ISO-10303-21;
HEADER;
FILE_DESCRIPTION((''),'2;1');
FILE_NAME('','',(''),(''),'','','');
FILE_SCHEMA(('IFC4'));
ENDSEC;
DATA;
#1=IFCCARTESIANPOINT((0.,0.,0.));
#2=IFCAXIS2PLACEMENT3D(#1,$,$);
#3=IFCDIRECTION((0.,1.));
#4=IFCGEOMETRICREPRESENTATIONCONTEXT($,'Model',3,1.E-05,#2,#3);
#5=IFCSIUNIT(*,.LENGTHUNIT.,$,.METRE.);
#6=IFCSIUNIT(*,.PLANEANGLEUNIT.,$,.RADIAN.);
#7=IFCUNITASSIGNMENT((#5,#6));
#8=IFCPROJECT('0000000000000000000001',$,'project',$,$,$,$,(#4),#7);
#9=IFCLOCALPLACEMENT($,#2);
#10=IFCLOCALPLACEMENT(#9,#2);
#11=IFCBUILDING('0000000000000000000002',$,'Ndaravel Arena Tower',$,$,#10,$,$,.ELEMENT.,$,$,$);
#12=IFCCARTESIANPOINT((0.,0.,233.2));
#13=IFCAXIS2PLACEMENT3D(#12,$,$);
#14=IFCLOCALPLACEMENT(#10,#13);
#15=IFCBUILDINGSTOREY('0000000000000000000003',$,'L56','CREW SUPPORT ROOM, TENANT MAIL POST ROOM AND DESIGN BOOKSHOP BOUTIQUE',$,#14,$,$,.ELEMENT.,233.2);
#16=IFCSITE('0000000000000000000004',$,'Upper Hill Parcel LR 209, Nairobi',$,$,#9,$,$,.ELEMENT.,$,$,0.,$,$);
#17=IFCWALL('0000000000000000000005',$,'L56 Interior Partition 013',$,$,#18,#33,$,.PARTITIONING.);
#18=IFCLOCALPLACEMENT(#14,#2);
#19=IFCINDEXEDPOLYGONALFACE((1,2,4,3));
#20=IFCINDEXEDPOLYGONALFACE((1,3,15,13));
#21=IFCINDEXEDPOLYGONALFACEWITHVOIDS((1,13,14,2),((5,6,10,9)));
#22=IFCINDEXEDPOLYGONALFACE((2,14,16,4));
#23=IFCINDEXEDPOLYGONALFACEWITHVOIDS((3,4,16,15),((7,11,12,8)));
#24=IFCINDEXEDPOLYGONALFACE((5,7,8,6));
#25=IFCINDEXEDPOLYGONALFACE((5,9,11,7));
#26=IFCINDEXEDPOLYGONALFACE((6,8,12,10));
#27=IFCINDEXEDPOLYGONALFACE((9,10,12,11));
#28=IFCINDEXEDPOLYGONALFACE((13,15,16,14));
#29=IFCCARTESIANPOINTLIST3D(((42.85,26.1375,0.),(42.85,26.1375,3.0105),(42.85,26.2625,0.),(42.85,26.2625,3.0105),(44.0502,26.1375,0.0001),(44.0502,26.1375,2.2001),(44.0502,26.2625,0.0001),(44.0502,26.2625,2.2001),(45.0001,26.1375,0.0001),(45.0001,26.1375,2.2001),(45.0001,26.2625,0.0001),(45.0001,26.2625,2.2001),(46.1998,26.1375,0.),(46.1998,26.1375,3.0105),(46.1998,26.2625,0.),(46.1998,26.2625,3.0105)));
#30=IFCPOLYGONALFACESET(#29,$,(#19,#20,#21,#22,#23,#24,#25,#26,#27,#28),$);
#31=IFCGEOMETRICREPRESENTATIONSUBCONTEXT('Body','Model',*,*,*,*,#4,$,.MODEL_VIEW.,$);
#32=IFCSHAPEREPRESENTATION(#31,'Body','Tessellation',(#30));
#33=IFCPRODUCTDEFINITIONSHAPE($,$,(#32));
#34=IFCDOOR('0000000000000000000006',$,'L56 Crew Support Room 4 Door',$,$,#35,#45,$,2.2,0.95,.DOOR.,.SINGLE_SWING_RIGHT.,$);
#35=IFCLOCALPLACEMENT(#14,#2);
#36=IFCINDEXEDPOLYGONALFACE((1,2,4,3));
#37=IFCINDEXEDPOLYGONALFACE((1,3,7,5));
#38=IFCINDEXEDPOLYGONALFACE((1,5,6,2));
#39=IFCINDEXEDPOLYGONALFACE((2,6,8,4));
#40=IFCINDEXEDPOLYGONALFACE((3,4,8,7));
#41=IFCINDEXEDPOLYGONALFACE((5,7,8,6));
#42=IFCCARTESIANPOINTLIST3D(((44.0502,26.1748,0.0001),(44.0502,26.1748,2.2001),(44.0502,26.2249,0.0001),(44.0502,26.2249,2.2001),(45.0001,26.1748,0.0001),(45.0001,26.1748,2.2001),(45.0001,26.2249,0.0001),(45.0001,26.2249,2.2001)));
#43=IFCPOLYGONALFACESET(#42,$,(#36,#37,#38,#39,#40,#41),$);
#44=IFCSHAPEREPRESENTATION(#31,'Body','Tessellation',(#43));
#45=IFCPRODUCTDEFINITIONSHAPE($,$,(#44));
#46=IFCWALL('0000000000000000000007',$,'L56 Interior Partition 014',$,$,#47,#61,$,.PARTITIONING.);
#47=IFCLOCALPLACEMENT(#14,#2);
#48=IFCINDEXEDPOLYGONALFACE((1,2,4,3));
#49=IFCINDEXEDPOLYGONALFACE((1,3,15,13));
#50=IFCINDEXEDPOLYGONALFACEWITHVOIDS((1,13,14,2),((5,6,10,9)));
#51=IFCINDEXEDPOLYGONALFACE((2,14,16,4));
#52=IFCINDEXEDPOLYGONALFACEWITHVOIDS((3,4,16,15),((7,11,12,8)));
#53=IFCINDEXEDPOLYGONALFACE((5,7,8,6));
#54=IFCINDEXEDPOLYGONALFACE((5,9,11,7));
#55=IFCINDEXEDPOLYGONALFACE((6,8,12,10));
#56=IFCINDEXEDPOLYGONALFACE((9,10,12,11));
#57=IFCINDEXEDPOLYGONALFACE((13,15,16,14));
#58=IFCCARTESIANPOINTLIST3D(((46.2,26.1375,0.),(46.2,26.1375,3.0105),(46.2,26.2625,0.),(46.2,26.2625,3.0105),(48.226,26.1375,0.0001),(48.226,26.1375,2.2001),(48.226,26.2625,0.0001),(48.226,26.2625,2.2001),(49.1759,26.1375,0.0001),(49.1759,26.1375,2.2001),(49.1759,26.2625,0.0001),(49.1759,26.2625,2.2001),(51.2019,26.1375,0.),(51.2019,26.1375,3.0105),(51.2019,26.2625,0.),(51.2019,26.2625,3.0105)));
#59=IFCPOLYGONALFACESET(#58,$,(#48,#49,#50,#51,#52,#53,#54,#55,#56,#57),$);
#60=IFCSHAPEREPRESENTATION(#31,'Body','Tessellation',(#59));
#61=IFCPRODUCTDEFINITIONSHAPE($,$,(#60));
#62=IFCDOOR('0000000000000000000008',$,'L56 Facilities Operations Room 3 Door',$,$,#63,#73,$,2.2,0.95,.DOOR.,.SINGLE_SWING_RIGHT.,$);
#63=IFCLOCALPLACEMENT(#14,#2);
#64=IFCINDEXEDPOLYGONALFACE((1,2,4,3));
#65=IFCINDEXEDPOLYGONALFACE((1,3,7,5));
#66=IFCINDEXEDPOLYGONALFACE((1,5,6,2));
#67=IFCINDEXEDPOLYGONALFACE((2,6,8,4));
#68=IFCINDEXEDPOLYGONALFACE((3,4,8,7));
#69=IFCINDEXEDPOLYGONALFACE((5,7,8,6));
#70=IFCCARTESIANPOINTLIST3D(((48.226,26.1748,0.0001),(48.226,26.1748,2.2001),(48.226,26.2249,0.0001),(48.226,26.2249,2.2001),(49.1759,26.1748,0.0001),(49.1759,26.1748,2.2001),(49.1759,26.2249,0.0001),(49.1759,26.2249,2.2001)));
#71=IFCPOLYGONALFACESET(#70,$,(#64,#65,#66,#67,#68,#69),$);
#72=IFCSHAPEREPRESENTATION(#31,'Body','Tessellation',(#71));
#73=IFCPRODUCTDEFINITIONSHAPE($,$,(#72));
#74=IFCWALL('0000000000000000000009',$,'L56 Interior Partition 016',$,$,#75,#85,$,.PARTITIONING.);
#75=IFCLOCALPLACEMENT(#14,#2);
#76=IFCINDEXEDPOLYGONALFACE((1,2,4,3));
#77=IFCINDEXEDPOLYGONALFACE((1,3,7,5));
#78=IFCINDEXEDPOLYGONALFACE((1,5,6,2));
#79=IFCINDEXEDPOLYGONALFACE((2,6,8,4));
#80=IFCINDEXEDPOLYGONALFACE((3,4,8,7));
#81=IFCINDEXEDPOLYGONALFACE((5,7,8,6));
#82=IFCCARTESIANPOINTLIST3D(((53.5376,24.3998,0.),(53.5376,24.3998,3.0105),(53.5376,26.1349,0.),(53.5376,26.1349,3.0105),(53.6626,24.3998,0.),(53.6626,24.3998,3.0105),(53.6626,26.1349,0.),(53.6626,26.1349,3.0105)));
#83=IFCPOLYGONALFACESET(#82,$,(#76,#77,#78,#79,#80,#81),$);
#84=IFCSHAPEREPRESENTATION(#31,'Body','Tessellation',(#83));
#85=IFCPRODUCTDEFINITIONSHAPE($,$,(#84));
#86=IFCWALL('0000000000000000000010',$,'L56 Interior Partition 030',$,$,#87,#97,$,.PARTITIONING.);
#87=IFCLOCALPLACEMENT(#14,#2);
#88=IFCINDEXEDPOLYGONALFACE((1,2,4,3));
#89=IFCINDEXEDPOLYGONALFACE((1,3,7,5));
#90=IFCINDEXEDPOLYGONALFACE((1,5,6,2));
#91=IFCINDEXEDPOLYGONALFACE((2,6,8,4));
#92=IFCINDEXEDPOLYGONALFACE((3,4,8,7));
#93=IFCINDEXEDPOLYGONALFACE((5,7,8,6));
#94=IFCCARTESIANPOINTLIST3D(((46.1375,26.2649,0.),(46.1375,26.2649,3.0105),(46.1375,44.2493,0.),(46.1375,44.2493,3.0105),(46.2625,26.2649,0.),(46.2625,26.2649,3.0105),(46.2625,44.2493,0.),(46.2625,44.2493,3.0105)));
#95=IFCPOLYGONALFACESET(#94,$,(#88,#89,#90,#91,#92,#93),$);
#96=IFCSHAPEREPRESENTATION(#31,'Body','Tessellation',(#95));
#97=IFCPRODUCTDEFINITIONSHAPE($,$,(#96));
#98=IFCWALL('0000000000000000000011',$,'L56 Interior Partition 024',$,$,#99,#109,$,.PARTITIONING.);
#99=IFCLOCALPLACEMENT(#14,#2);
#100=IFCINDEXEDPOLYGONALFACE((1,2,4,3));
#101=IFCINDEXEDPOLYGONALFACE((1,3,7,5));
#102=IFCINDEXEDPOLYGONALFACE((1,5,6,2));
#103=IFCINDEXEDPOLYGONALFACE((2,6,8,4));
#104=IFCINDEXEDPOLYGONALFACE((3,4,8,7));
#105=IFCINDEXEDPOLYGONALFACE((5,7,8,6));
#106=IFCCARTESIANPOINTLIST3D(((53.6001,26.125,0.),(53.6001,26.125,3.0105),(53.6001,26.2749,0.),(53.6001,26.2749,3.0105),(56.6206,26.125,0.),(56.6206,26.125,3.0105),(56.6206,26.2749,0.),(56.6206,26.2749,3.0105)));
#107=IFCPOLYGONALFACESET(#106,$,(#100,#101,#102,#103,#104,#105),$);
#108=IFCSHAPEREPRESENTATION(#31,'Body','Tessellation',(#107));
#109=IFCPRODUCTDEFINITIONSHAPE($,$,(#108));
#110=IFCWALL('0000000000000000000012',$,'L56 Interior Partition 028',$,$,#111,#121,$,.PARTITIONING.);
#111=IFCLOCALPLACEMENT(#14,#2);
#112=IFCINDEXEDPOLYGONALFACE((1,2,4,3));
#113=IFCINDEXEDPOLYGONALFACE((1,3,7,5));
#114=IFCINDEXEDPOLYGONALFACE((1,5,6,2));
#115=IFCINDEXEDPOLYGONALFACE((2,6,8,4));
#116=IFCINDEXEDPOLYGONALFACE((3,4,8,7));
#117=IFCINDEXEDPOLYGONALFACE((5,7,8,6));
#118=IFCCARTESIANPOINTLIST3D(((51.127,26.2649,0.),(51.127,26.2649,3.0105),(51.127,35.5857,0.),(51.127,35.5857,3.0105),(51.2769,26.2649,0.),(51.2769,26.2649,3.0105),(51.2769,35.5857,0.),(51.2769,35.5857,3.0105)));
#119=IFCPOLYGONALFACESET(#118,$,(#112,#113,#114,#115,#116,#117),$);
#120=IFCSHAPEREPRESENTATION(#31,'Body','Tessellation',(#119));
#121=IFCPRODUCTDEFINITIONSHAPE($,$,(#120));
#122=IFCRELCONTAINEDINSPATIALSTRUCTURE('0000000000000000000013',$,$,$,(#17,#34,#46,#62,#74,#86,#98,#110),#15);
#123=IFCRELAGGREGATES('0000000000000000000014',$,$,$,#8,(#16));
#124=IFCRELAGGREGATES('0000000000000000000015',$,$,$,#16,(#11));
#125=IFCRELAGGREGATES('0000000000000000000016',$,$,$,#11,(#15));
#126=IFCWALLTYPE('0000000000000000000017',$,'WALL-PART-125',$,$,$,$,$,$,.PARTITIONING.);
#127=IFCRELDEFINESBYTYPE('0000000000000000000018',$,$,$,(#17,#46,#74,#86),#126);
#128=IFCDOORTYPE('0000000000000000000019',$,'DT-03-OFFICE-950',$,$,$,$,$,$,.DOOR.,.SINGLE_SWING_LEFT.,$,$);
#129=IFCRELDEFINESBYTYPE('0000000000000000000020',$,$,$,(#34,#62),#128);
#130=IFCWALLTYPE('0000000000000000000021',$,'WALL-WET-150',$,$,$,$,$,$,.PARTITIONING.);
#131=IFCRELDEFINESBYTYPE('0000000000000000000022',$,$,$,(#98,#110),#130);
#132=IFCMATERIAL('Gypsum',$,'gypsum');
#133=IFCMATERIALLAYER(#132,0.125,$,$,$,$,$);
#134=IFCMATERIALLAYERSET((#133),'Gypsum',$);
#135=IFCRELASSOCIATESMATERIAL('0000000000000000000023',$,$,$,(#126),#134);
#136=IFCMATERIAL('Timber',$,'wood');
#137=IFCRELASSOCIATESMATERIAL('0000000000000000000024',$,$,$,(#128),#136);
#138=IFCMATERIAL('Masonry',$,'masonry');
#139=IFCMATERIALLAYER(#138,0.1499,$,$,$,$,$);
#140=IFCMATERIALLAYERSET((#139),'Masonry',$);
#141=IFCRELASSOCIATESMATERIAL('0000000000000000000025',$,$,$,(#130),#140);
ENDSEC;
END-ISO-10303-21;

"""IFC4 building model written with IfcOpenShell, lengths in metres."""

from ifc_helpers import new_model, si_unit, direction, frame, frame_2d, origin, place, context, subcontext, project, spatial, rectangle, extrude, material, layer, layer_set, type_object, element, fill, save


model = new_model("IFC4")

# Units and contexts
model_context = context("Model", 3, precision=1e-05, world=origin(), true_north=direction((0.0, 1.0)))
body_context = subcontext(model_context, "Body", "Model", "MODEL_VIEW")
ifc_project = project(units=[si_unit("LENGTHUNIT", "METRE"), si_unit("PLANEANGLEUNIT", "RADIAN")], contexts=[model_context])

# Site, building, storey
site_placement = place(None, origin())
site = spatial("IfcSite", under=ifc_project, at=site_placement, Name="Upper Hill Parcel LR 209, Nairobi", CompositionType="ELEMENT", RefElevation=0.0)
building_placement = place(site_placement, origin())
building = spatial("IfcBuilding", under=site, at=building_placement, Name="Ndaravel Arena Tower", CompositionType="ELEMENT")
storey_placement = place(building_placement, frame((0.0, 0.0, 233.2)))
storey = spatial("IfcBuildingStorey", under=building, at=storey_placement, Name="L56", Description="CREW SUPPORT ROOM, TENANT MAIL POST ROOM AND DESIGN BOOKSHOP BOUTIQUE", CompositionType="ELEMENT", Elevation=233.2)

# Walls, openings, doors
ifc_material_1 = material(Name="Gypsum", Category="gypsum")
ifc_layer_1 = layer(ifc_material_1, 0.125)
ifc_layer_set_1 = layer_set([ifc_layer_1], Name="Gypsum")
wall_type_1 = type_object("IfcWallType", Name="WALL-PART-125", PredefinedType="PARTITIONING", material=ifc_layer_set_1)
wall_1_placement = place(storey_placement, frame((42.8501, 26.2, 0.0), z_axis=(0.0, 0.0, 1.0), x_axis=(1.0, 0.0, 0.0)))
wall_1 = element("IfcWall", 1, at=wall_1_placement, inside=storey, type_object=wall_type_1, Name="L56 Interior Partition 013", PredefinedType="PARTITIONING", context=body_context, shape_type="SweptSolid", body=[
    extrude(rectangle(XDim=3.3499, YDim=0.125, at=frame_2d((1.6748, 0.0))), origin(), (0.0, 0.0, 1.0), 3.0105),
])
opening_1_placement = place(wall_1_placement, frame((1.2, 0.0, 0.0)))
opening_1 = element("IfcOpeningElement", 2, at=opening_1_placement, cuts=wall_1, PredefinedType="OPENING", context=body_context, shape_type="SweptSolid", body=[
    extrude(rectangle(XDim=0.95, YDim=2.2, at=frame_2d((0.4751, 1.1001))), frame((0.0, 0.0625, 0.0), z_axis=(0.0, -1.0, 0.0), x_axis=(1.0, 0.0, 0.0)), (0.0, 0.0, 1.0), 0.125),
])
ifc_material_2 = material(Name="Timber", Category="wood")
door_type_1 = type_object("IfcDoorType", Name="DT-03-OFFICE-950", OperationType="SINGLE_SWING_LEFT", PredefinedType="DOOR", material=ifc_material_2)
door_1_placement = place(opening_1_placement, origin())
door_1 = element("IfcDoor", 3, at=door_1_placement, inside=storey, type_object=door_type_1, Name="L56 Crew Support Room 4 Door", OperationType="SINGLE_SWING_RIGHT", OverallHeight=2.2, OverallWidth=0.95, PredefinedType="DOOR", context=body_context, shape_type="SweptSolid", body=[
    extrude(rectangle(XDim=0.95, YDim=2.2, at=frame_2d((0.4751, 1.1001))), frame((0.0, 0.0249, 0.0), z_axis=(0.0, -1.0, 0.0), x_axis=(1.0, 0.0, 0.0)), (0.0, 0.0, 1.0), 0.05),
])
fill(opening_1, door_1)
wall_2_placement = place(storey_placement, frame((46.2, 26.2, 0.0), z_axis=(0.0, 0.0, 1.0), x_axis=(1.0, 0.0, 0.0)))
wall_2 = element("IfcWall", 4, at=wall_2_placement, inside=storey, type_object=wall_type_1, Name="L56 Interior Partition 014", PredefinedType="PARTITIONING", context=body_context, shape_type="SweptSolid", body=[
    extrude(rectangle(XDim=5.002, YDim=0.125, at=frame_2d((2.501, 0.0))), origin(), (0.0, 0.0, 1.0), 3.0105),
])
opening_2_placement = place(wall_2_placement, frame((2.0259, 0.0, 0.0)))
opening_2 = element("IfcOpeningElement", 5, at=opening_2_placement, cuts=wall_2, PredefinedType="OPENING", context=body_context, shape_type="SweptSolid", body=[
    extrude(rectangle(XDim=0.95, YDim=2.2, at=frame_2d((0.4751, 1.1001))), frame((0.0, 0.0625, 0.0), z_axis=(0.0, -1.0, 0.0), x_axis=(1.0, 0.0, 0.0)), (0.0, 0.0, 1.0), 0.125),
])
door_2_placement = place(opening_2_placement, origin())
door_2 = element("IfcDoor", 6, at=door_2_placement, inside=storey, type_object=door_type_1, Name="L56 Facilities Operations Room 3 Door", OperationType="SINGLE_SWING_RIGHT", OverallHeight=2.2, OverallWidth=0.95, PredefinedType="DOOR", context=body_context, shape_type="SweptSolid", body=[
    extrude(rectangle(XDim=0.95, YDim=2.2, at=frame_2d((0.4751, 1.1001))), frame((0.0, 0.0249, 0.0), z_axis=(0.0, -1.0, 0.0), x_axis=(1.0, 0.0, 0.0)), (0.0, 0.0, 1.0), 0.05),
])
fill(opening_2, door_2)

# Walls
wall_3_placement = place(storey_placement, frame((53.6001, 26.135, 0.0), z_axis=(0.0, 0.0, 1.0), x_axis=(0.0, -1.0, 0.0)))
element("IfcWall", 7, at=wall_3_placement, inside=storey, type_object=wall_type_1, Name="L56 Interior Partition 016", PredefinedType="PARTITIONING", context=body_context, shape_type="SweptSolid", body=[
    extrude(rectangle(XDim=1.7351, YDim=0.125, at=frame_2d((0.8677, 0.0))), origin(), (0.0, 0.0, 1.0), 3.0105),
])
wall_4_placement = place(storey_placement, frame((46.2, 26.2649, 0.0), z_axis=(0.0, 0.0, 1.0), x_axis=(0.0, 1.0, 0.0)))
element("IfcWall", 8, at=wall_4_placement, inside=storey, type_object=wall_type_1, Name="L56 Interior Partition 030", PredefinedType="PARTITIONING", context=body_context, shape_type="SweptSolid", body=[
    extrude(rectangle(XDim=17.9844, YDim=0.125, at=frame_2d((8.9922, 0.0))), origin(), (0.0, 0.0, 1.0), 3.0105),
])

# Shared definitions
ifc_material_3 = material(Name="Masonry", Category="masonry")
ifc_layer_2 = layer(ifc_material_3, 0.1499)
ifc_layer_set_2 = layer_set([ifc_layer_2], Name="Masonry")
wall_type_2 = type_object("IfcWallType", Name="WALL-WET-150", PredefinedType="PARTITIONING", material=ifc_layer_set_2)

# Walls
wall_5_placement = place(storey_placement, frame((53.6001, 26.2, 0.0), z_axis=(0.0, 0.0, 1.0), x_axis=(1.0, 0.0, 0.0)))
element("IfcWall", 9, at=wall_5_placement, inside=storey, type_object=wall_type_2, Name="L56 Interior Partition 024", PredefinedType="PARTITIONING", context=body_context, shape_type="SweptSolid", body=[
    extrude(rectangle(XDim=3.0205, YDim=0.1499, at=frame_2d((1.5103, 0.0))), origin(), (0.0, 0.0, 1.0), 3.0105),
])
wall_6_placement = place(storey_placement, frame((51.2019, 26.2649, 0.0), z_axis=(0.0, 0.0, 1.0), x_axis=(0.0, 1.0, 0.0)))
element("IfcWall", 10, at=wall_6_placement, inside=storey, type_object=wall_type_2, Name="L56 Interior Partition 028", PredefinedType="PARTITIONING", context=body_context, shape_type="SweptSolid", body=[
    extrude(rectangle(XDim=9.3208, YDim=0.1499, at=frame_2d((4.6604, 0.0))), origin(), (0.0, 0.0, 1.0), 3.0105),
])

save(model, "model.ifc")
